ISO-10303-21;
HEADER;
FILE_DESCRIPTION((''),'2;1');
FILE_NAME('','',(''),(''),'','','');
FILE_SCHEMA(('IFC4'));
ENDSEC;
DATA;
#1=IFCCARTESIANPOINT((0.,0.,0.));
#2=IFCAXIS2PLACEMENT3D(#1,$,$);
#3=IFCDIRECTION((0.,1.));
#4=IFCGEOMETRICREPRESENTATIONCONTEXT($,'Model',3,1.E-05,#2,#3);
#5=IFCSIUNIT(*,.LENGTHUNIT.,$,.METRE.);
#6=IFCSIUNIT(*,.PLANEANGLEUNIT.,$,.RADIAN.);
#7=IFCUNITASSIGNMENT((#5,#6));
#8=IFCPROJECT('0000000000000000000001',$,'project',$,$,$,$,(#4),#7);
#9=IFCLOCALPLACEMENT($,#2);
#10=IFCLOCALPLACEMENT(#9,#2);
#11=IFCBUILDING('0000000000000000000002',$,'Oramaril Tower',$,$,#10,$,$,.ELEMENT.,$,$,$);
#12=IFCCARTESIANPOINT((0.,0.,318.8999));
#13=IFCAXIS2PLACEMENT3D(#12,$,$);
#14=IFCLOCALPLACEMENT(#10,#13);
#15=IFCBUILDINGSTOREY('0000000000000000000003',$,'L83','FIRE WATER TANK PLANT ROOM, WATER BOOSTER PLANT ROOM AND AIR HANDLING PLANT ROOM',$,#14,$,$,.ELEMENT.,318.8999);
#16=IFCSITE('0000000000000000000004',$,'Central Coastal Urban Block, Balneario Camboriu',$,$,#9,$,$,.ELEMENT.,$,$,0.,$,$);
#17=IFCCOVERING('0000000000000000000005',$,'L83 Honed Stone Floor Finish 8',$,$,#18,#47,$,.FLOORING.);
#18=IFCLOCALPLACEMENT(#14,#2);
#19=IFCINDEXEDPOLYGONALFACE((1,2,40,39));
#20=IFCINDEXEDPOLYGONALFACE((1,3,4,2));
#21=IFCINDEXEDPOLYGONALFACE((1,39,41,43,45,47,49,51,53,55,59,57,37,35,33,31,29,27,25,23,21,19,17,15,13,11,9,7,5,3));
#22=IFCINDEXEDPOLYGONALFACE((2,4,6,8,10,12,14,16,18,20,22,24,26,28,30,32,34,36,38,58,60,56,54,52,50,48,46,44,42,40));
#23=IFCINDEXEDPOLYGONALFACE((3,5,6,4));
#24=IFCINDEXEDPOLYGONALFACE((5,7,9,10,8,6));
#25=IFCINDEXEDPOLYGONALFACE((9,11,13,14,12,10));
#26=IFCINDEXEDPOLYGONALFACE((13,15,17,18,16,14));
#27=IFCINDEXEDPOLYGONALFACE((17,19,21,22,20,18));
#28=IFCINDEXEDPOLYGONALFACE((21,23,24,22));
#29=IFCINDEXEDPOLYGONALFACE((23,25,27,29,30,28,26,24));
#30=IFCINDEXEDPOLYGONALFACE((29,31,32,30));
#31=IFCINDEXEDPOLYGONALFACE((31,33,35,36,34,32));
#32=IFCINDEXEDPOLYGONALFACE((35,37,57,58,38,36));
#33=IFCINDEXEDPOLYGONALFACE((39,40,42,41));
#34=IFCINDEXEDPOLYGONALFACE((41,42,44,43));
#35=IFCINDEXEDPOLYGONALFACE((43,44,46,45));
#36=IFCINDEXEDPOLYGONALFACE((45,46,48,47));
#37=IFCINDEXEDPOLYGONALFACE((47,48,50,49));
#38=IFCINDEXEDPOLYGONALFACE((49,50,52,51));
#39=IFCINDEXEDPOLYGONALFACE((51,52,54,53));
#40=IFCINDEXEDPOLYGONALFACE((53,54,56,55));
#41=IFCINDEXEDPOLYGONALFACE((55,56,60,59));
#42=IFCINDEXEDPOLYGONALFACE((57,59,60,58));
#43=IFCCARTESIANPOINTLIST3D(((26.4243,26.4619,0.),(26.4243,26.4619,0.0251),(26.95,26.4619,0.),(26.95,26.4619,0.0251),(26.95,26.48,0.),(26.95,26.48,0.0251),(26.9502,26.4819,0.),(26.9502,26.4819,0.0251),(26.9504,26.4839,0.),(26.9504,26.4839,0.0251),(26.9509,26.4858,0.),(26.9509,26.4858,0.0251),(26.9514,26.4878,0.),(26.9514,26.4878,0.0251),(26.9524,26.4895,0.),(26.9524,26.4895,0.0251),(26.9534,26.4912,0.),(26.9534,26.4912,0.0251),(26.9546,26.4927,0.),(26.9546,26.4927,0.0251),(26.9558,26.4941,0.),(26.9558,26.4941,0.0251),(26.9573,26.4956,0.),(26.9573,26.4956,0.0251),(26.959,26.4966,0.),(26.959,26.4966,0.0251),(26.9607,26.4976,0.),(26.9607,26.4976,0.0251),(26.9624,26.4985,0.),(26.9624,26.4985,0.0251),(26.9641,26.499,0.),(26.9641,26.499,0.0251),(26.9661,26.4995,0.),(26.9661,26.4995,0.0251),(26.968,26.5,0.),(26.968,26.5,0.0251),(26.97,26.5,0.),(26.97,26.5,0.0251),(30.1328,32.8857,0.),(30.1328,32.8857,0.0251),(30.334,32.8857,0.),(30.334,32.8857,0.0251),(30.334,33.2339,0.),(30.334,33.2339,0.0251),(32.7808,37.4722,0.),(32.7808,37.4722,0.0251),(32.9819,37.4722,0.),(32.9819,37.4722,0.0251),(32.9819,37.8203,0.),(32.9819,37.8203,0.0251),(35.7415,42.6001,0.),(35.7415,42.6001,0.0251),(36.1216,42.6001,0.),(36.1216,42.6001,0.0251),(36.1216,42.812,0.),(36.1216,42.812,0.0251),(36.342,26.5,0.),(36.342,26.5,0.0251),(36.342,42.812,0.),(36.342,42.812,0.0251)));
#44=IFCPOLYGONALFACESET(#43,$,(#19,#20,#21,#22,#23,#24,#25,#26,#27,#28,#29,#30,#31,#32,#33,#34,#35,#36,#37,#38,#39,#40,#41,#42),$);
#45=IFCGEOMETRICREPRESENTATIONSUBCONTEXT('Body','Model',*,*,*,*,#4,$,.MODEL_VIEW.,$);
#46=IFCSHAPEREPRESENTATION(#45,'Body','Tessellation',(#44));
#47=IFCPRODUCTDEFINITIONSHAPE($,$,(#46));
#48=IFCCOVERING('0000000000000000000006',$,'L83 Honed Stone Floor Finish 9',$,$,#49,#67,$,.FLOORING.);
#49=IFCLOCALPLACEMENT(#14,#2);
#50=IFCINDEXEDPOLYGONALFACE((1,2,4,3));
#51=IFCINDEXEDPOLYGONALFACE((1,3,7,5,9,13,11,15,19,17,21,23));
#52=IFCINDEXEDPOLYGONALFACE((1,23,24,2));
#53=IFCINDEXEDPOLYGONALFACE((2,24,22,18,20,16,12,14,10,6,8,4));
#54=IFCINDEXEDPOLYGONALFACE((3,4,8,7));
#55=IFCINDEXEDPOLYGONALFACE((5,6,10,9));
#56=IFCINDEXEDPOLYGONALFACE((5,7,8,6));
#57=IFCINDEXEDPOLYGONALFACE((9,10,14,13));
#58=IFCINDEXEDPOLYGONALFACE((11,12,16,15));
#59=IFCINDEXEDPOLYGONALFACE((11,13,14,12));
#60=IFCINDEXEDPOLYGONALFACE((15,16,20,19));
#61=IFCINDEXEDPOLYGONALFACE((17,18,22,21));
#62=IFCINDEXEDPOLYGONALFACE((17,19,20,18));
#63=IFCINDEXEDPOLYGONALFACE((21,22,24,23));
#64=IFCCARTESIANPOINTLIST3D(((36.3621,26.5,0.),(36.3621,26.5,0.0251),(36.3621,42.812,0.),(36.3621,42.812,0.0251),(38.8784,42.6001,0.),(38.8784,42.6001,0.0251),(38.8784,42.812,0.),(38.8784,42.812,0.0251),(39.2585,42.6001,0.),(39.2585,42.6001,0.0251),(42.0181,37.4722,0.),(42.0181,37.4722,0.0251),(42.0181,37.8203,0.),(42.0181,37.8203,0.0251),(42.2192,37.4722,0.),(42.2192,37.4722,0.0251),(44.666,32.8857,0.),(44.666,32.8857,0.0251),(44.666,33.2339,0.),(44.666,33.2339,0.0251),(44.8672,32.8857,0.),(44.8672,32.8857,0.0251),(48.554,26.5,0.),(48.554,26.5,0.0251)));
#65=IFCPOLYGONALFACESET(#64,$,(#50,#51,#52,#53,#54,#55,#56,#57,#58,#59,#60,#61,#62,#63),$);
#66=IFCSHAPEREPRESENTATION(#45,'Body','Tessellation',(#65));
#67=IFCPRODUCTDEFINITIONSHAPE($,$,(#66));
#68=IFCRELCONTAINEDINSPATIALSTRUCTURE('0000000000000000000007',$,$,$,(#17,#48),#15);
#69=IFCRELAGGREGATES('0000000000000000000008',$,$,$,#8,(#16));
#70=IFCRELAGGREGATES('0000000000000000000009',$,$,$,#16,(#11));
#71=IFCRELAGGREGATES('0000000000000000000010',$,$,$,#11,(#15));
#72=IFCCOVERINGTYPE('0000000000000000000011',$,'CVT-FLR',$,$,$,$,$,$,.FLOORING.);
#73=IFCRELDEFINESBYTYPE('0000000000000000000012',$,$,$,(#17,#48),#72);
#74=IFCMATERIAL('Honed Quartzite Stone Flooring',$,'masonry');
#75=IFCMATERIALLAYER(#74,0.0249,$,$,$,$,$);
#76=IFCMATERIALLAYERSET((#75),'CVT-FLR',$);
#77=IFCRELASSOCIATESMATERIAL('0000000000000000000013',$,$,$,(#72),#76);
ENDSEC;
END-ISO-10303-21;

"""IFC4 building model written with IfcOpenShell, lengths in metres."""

from ifc_helpers import new_model, si_unit, direction, frame, origin, place, context, subcontext, project, spatial, polyline, outline, extrude, material, layer, layer_set, type_object, element, save


model = new_model("IFC4")

# Units and contexts
model_context = context("Model", 3, precision=1e-05, world=origin(), true_north=direction((0.0, 1.0)))
body_context = subcontext(model_context, "Body", "Model", "MODEL_VIEW")
ifc_project = project(units=[si_unit("LENGTHUNIT", "METRE"), si_unit("PLANEANGLEUNIT", "RADIAN")], contexts=[model_context])

# Site, building, storey
site_placement = place(None, origin())
site = spatial("IfcSite", under=ifc_project, at=site_placement, Name="Central Coastal Urban Block, Balneario Camboriu", CompositionType="ELEMENT", RefElevation=0.0)
building_placement = place(site_placement, origin())
building = spatial("IfcBuilding", under=site, at=building_placement, Name="Oramaril Tower", CompositionType="ELEMENT")
storey_placement = place(building_placement, frame((0.0, 0.0, 318.8999)))
storey = spatial("IfcBuildingStorey", under=building, at=storey_placement, Name="L83", Description="FIRE WATER TANK PLANT ROOM, WATER BOOSTER PLANT ROOM AND AIR HANDLING PLANT ROOM", CompositionType="ELEMENT", Elevation=318.8999)

# Coverings
ifc_material_1 = material(Name="Honed Quartzite Stone Flooring", Category="masonry")
ifc_layer_1 = layer(ifc_material_1, 0.0249)
ifc_layer_set_1 = layer_set([ifc_layer_1], Name="CVT-FLR")
covering_type_1 = type_object("IfcCoveringType", Name="CVT-FLR", PredefinedType="FLOORING", material=ifc_layer_set_1)
covering_1_placement = place(storey_placement, origin())
element("IfcCovering", 1, at=covering_1_placement, inside=storey, type_object=covering_type_1, Name="L83 Honed Stone Floor Finish 8", PredefinedType="FLOORING", context=body_context, shape_type="SweptSolid", body=[
    extrude(outline(polyline([(30.334, 32.8857), (30.334, 33.2339), (32.7808, 37.4722), (32.9819, 37.4722), (32.9819, 37.8203), (35.7415, 42.6001), (36.1216, 42.6001), (36.1216, 42.812), (36.342, 42.812), (36.342, 26.5), (26.97, 26.5), (26.968, 26.5), (26.9661, 26.4995), (26.9641, 26.499), (26.9624, 26.4985), (26.9607, 26.4976), (26.959, 26.4966), (26.9573, 26.4956), (26.9558, 26.4941), (26.9546, 26.4927), (26.9534, 26.4912), (26.9524, 26.4895), (26.9514, 26.4878), (26.9509, 26.4858), (26.9504, 26.4839), (26.9502, 26.4819), (26.95, 26.48), (26.95, 26.4619), (26.4243, 26.4619), (30.1328, 32.8857), (30.334, 32.8857)])), origin(), (0.0, 0.0, 1.0), 0.0251),
])
covering_2_placement = place(storey_placement, origin())
element("IfcCovering", 2, at=covering_2_placement, inside=storey, type_object=covering_type_1, Name="L83 Honed Stone Floor Finish 9", PredefinedType="FLOORING", context=body_context, shape_type="SweptSolid", body=[
    extrude(outline(polyline([(38.8784, 42.812), (38.8784, 42.6001), (39.2585, 42.6001), (42.0181, 37.8203), (42.0181, 37.4722), (42.2192, 37.4722), (44.666, 33.2339), (44.666, 32.8857), (44.8672, 32.8857), (48.554, 26.5), (36.3621, 26.5), (36.3621, 42.812), (38.8784, 42.812)])), origin(), (0.0, 0.0, 1.0), 0.0251),
])

save(model, "model.ifc")
